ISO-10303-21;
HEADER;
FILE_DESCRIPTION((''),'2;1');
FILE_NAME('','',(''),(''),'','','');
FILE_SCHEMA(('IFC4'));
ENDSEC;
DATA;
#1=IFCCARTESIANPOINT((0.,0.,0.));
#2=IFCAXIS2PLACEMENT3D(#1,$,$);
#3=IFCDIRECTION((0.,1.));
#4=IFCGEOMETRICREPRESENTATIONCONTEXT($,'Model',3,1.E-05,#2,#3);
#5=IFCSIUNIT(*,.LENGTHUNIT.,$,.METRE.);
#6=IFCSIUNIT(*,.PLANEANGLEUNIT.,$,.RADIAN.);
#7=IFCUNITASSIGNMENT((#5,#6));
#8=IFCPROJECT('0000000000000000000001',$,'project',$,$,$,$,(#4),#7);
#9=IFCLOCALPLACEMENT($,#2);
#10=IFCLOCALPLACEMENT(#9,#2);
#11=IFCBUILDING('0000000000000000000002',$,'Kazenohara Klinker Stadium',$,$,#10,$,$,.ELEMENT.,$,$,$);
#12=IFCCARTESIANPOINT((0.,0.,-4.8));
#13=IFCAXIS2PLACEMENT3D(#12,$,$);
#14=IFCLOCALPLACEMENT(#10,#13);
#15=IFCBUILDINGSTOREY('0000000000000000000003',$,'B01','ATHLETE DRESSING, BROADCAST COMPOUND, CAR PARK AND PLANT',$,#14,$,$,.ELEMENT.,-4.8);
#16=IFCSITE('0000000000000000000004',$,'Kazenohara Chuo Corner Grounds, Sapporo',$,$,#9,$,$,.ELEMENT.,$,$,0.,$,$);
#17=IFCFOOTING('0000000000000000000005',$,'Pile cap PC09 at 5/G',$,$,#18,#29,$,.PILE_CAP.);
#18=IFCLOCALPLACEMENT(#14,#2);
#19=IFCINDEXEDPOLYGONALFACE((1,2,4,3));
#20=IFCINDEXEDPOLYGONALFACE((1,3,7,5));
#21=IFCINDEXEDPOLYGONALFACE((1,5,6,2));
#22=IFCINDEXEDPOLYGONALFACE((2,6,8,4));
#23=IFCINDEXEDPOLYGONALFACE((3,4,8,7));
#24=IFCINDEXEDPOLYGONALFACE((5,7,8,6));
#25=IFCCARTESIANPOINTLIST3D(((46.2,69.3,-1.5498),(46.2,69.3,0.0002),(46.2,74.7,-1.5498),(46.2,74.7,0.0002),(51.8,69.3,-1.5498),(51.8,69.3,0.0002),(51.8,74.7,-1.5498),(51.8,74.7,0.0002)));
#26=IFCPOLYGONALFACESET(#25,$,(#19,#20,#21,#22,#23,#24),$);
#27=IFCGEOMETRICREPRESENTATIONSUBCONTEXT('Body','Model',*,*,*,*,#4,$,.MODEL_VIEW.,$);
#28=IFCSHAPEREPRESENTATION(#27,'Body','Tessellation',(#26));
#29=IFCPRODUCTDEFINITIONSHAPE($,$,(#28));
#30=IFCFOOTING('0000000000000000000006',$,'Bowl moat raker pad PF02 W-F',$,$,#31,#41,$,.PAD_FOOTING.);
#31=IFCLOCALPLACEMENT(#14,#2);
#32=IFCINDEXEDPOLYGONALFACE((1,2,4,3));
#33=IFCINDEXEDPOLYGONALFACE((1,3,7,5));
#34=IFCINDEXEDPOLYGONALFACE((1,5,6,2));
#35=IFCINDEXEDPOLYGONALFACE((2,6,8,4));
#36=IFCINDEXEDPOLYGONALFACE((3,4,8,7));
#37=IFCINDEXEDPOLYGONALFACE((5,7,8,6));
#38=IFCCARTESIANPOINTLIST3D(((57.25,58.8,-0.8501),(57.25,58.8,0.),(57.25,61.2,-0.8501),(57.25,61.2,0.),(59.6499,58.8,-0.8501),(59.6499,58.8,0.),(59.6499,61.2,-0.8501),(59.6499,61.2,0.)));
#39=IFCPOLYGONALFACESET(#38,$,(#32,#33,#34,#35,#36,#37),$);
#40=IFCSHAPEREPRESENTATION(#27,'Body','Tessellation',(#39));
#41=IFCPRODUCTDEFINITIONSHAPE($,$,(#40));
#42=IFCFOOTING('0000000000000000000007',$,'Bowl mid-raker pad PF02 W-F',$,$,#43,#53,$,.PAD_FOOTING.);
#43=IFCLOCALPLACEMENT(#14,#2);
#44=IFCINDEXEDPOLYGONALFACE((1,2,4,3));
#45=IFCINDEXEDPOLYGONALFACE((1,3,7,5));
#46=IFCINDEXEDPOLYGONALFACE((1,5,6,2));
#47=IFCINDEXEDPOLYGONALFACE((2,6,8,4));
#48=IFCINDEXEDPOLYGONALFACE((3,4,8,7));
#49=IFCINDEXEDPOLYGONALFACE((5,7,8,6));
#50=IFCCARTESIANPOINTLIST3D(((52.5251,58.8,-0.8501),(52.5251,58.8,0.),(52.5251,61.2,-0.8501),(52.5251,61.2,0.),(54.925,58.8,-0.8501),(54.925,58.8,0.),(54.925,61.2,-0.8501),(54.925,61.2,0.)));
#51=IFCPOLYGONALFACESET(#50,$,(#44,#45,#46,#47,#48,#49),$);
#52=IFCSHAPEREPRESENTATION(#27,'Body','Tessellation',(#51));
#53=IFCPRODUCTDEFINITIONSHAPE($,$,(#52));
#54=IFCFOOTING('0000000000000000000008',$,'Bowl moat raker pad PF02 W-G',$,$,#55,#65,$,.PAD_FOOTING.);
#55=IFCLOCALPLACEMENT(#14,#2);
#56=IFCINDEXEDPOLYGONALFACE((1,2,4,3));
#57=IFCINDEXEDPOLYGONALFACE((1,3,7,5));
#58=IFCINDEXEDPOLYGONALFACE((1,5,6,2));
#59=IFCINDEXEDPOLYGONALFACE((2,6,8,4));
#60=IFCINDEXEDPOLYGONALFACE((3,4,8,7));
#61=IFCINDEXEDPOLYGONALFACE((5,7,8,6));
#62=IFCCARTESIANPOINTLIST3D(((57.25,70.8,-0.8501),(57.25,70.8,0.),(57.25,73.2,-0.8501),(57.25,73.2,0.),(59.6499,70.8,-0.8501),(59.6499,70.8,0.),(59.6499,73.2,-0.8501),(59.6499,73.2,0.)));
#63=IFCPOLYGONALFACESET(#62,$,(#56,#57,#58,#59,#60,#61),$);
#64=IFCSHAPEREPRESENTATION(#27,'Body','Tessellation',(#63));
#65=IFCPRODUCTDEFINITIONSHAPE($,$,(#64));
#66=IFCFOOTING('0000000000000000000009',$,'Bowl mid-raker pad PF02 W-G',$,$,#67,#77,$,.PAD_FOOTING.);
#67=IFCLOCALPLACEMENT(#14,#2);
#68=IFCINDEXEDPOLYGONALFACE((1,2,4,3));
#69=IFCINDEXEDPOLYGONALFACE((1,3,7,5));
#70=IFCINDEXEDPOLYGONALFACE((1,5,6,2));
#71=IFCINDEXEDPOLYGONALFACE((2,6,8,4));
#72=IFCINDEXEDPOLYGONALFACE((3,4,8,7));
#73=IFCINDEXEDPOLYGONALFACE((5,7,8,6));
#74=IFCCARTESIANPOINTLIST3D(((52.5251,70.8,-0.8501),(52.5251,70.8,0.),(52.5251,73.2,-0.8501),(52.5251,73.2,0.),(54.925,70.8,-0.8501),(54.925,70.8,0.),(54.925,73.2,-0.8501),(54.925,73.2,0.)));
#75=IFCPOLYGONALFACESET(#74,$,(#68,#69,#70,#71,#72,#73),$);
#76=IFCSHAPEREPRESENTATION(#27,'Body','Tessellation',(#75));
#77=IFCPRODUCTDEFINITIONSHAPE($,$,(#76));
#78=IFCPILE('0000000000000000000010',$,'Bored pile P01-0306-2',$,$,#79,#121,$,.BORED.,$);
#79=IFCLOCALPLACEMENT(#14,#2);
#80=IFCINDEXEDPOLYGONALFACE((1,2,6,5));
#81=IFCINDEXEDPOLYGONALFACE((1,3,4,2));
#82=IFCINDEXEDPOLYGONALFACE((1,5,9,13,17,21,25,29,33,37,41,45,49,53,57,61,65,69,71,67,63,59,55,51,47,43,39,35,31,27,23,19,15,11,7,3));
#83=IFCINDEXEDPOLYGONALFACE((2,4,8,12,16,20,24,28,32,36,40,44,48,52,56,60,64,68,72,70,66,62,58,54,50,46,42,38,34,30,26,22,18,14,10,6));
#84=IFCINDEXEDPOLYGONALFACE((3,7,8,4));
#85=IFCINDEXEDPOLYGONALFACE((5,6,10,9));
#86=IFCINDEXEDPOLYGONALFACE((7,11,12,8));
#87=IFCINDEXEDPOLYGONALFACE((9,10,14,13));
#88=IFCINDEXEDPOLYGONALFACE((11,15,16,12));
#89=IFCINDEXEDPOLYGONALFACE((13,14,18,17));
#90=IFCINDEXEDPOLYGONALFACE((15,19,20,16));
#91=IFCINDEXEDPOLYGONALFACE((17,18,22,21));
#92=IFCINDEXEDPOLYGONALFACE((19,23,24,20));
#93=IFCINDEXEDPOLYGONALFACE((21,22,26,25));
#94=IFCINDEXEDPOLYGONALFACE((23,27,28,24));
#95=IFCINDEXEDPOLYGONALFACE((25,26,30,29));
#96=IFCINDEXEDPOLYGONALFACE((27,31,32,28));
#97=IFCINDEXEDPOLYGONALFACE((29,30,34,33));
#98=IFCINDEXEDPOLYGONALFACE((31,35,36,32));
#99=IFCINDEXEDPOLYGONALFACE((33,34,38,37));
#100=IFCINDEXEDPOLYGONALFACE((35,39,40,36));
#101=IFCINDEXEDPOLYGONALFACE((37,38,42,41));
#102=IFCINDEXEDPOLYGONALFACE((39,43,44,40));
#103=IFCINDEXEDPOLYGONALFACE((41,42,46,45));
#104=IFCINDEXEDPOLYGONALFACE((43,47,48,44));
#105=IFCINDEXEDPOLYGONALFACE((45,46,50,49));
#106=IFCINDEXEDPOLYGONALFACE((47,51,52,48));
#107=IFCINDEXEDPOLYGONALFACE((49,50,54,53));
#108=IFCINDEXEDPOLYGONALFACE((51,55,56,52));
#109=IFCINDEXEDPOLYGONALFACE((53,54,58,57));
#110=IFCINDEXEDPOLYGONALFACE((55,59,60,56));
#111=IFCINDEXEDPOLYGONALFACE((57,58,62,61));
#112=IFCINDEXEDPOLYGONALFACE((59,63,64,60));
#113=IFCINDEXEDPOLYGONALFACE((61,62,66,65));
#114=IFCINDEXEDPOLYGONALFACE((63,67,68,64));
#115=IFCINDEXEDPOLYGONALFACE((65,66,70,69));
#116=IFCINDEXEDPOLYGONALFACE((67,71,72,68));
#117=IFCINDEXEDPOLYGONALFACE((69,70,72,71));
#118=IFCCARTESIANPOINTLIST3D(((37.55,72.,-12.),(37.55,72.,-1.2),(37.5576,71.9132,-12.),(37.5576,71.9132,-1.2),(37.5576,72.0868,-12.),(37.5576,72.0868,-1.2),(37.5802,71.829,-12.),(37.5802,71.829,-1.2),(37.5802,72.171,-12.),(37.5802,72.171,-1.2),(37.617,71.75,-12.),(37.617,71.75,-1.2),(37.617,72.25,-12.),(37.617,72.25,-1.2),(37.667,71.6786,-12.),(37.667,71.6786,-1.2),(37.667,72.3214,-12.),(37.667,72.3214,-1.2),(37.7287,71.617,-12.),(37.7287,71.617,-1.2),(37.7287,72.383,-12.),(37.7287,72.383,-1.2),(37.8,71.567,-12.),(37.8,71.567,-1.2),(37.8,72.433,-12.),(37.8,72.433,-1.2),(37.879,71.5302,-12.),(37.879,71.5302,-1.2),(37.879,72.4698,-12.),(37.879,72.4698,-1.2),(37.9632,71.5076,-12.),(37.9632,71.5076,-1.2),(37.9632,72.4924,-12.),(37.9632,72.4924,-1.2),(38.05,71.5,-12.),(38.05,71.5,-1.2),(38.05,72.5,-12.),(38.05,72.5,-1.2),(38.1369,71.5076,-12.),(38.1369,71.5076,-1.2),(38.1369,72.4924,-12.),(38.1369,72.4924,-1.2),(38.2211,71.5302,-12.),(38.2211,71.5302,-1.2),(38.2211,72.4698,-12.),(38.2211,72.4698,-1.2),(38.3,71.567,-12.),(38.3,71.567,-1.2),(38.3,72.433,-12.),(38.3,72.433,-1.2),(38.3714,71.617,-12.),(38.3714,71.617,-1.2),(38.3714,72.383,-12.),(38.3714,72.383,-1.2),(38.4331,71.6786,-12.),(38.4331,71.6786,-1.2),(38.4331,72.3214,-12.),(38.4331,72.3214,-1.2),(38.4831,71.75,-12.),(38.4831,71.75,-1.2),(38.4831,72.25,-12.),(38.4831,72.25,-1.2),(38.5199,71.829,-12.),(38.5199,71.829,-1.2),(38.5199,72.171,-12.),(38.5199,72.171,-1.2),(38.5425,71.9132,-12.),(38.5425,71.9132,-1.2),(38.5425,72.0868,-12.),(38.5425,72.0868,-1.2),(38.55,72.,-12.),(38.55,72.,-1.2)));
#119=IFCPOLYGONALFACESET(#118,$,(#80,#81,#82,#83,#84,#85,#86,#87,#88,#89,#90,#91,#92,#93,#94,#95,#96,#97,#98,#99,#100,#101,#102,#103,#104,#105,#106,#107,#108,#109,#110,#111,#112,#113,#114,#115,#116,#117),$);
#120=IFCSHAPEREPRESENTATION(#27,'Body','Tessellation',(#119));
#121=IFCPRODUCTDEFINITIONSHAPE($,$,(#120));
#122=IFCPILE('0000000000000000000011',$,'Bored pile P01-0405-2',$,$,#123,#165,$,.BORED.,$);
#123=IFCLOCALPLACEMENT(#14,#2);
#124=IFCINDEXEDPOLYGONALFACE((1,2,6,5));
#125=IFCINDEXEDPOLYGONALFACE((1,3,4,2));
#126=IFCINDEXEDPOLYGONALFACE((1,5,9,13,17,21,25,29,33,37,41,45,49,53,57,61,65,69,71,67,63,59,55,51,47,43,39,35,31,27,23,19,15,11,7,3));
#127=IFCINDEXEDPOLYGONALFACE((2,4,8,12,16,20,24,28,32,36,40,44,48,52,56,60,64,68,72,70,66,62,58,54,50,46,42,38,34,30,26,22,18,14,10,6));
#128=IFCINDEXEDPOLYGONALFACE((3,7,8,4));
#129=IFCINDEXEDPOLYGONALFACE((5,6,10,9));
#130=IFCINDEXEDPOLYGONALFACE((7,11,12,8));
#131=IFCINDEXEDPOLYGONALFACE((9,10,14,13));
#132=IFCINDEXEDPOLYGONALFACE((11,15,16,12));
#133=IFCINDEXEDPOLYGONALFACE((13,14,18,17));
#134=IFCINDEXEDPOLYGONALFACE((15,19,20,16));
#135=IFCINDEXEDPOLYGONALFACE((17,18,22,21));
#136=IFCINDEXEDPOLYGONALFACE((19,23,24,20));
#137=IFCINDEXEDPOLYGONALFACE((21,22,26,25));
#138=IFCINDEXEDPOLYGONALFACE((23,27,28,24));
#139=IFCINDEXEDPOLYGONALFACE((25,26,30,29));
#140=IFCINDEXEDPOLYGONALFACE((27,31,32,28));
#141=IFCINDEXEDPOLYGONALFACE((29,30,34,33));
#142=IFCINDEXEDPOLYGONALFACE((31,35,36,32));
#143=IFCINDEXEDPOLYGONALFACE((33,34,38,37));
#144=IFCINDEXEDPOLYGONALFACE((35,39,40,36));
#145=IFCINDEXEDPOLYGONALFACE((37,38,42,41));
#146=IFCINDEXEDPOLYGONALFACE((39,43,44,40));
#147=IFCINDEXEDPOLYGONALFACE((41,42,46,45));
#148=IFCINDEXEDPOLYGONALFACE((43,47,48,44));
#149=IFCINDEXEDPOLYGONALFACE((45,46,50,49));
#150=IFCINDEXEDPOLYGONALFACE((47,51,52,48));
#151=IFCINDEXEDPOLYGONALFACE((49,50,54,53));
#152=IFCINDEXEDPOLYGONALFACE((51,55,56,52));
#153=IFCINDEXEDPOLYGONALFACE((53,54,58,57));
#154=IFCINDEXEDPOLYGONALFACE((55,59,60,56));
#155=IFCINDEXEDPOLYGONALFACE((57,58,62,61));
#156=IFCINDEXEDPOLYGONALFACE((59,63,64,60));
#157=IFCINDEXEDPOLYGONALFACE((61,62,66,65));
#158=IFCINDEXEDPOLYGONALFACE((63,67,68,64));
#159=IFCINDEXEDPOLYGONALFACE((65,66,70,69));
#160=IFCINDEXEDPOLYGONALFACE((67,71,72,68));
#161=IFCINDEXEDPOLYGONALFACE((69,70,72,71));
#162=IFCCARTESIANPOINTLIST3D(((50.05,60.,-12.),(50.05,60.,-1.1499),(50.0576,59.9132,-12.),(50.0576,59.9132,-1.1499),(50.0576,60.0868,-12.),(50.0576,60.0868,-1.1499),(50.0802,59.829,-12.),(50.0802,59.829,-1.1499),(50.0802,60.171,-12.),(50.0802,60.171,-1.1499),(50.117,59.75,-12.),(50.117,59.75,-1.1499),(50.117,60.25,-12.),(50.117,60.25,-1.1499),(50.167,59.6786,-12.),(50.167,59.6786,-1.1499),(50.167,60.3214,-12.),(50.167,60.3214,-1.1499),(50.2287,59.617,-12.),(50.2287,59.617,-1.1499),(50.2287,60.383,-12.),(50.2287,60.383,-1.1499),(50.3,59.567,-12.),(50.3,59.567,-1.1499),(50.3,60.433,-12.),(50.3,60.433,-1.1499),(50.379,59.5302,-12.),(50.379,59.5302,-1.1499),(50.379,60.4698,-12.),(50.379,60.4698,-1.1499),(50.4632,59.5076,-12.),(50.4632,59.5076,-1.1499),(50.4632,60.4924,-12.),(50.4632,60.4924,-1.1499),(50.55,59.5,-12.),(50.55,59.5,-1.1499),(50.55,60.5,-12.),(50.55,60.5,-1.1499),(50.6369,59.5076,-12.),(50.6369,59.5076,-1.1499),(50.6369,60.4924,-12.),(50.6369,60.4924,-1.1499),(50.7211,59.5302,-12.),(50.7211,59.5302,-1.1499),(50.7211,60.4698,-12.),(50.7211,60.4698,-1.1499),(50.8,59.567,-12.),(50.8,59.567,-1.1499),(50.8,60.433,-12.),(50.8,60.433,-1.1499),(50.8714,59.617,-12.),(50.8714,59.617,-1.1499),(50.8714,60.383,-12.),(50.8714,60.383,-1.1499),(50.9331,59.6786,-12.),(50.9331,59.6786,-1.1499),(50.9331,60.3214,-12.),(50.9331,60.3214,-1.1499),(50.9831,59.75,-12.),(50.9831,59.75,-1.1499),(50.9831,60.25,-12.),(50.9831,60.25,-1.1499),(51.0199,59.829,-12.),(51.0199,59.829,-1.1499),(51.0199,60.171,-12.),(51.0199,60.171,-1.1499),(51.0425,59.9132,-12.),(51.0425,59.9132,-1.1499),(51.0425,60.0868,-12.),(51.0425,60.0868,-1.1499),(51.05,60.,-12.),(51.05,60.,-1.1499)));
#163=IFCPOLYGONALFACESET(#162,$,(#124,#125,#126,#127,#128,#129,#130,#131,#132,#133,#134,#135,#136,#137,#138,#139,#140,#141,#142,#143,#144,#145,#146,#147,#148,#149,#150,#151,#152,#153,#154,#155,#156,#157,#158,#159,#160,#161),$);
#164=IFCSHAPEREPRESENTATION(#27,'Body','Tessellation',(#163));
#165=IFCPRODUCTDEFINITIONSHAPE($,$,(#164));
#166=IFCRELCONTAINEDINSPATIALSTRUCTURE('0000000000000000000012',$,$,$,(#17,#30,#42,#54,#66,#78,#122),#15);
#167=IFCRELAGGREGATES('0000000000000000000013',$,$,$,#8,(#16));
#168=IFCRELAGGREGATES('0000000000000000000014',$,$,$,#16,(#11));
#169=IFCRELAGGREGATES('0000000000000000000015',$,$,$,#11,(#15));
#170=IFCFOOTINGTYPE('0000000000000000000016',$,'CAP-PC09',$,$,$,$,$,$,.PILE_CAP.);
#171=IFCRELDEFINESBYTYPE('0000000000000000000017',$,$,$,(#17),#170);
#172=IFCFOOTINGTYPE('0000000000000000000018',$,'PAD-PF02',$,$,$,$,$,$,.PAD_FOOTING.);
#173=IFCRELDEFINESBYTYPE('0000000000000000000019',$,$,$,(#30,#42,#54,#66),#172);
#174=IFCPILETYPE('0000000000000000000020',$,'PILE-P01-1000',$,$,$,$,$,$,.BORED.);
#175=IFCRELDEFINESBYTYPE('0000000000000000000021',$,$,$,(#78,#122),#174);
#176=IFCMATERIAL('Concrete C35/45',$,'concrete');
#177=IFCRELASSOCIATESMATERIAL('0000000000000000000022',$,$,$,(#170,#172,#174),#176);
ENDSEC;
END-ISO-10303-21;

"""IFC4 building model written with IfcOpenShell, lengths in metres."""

from ifc_helpers import new_model, si_unit, direction, frame, origin, origin_2d, place, context, subcontext, project, spatial, rectangle, circle, extrude, material, material_profile, profile_set, type_object, element, save


model = new_model("IFC4")

# Units and contexts
model_context = context("Model", 3, precision=1e-05, world=origin(), true_north=direction((0.0, 1.0)))
body_context = subcontext(model_context, "Body", "Model", "MODEL_VIEW")
ifc_project = project(units=[si_unit("LENGTHUNIT", "METRE"), si_unit("PLANEANGLEUNIT", "RADIAN")], contexts=[model_context])

# Site, building, storey
site_placement = place(None, origin())
site = spatial("IfcSite", under=ifc_project, at=site_placement, Name="Kazenohara Chuo Corner Grounds, Sapporo", CompositionType="ELEMENT", RefElevation=0.0)
building_placement = place(site_placement, origin())
building = spatial("IfcBuilding", under=site, at=building_placement, Name="Kazenohara Klinker Stadium", CompositionType="ELEMENT")
storey_placement = place(building_placement, frame((0.0, 0.0, -4.8)))
storey = spatial("IfcBuildingStorey", under=building, at=storey_placement, Name="B01", Description="ATHLETE DRESSING, BROADCAST COMPOUND, CAR PARK AND PLANT", CompositionType="ELEMENT", Elevation=-4.8)

# Footings
ifc_material_1 = material(Name="Concrete C35/45", Category="concrete")
footing_type_1 = type_object("IfcFootingType", Name="CAP-PC09", PredefinedType="PILE_CAP", material=ifc_material_1)
footing_placement = place(storey_placement, frame((49.0, 72.0, -1.5498), z_axis=(0.0, 0.0, 1.0), x_axis=(1.0, 0.0, 0.0)))
element("IfcFooting", 1, at=footing_placement, inside=storey, type_object=footing_type_1, Name="Pile cap PC09 at 5/G", PredefinedType="PILE_CAP", context=body_context, shape_type="SweptSolid", body=[
    extrude(rectangle(XDim=5.6001, YDim=5.3999, at=origin_2d()), origin(), (0.0, 0.0, 1.0), 1.55),
])
footing_type_2 = type_object("IfcFootingType", Name="PAD-PF02", PredefinedType="PAD_FOOTING", material=ifc_material_1)
for number, where, z_axis, x_axis, name in (
    (2, (58.45, 60.0, -0.8501), (0.0, 0.0, 1.0), (1.0, 0.0, 0.0), "Bowl moat raker pad PF02 W-F"),
    (3, (53.7251, 60.0, -0.8501), (0.0, 0.0, 1.0), (1.0, 0.0, 0.0), "Bowl mid-raker pad PF02 W-F"),
    (4, (58.45, 72.0, -0.8501), (0.0, 0.0, 1.0), (1.0, 0.0, 0.0), "Bowl moat raker pad PF02 W-G"),
    (5, (53.7251, 72.0, -0.8501), (0.0, 0.0, 1.0), (1.0, 0.0, 0.0), "Bowl mid-raker pad PF02 W-G"),
):
    element("IfcFooting", number, at=place(storey_placement, frame(where, z_axis=z_axis, x_axis=x_axis)), inside=storey, type_object=footing_type_2, Name=name, PredefinedType="PAD_FOOTING", context=body_context, shape_type="SweptSolid", body=[
        extrude(rectangle(XDim=2.3999, YDim=2.3999, at=origin_2d()), origin(), (0.0, 0.0, 1.0), 0.8501),
    ])

# Piles
ifc_material_profile_1 = material_profile(ifc_material_1, circle(Radius=0.5, at=origin_2d()), Name="BORED-PILE-1000")
ifc_profile_set_1 = profile_set([ifc_material_profile_1], Name="Concrete C35/45")
pile_type_1 = type_object("IfcPileType", Name="PILE-P01-1000", PredefinedType="BORED", material=ifc_profile_set_1)
pile_1_placement = place(storey_placement, frame((38.05, 72.0, -1.2), z_axis=(0.0, 0.0, -1.0), x_axis=(1.0, 0.0, 0.0)))
element("IfcPile", 6, at=pile_1_placement, inside=storey, type_object=pile_type_1, Name="Bored pile P01-0306-2", PredefinedType="BORED", context=body_context, shape_type="SweptSolid", body=[
    extrude(circle(Radius=0.5, at=origin_2d()), origin(), (0.0, 0.0, 1.0), 10.8),
])
pile_2_placement = place(storey_placement, frame((50.55, 60.0, -1.1499), z_axis=(0.0, 0.0, -1.0), x_axis=(1.0, 0.0, 0.0)))
element("IfcPile", 7, at=pile_2_placement, inside=storey, type_object=pile_type_1, Name="Bored pile P01-0405-2", PredefinedType="BORED", context=body_context, shape_type="SweptSolid", body=[
    extrude(circle(Radius=0.5, at=origin_2d()), origin(), (0.0, 0.0, 1.0), 10.8501),
])

save(model, "model.ifc")
